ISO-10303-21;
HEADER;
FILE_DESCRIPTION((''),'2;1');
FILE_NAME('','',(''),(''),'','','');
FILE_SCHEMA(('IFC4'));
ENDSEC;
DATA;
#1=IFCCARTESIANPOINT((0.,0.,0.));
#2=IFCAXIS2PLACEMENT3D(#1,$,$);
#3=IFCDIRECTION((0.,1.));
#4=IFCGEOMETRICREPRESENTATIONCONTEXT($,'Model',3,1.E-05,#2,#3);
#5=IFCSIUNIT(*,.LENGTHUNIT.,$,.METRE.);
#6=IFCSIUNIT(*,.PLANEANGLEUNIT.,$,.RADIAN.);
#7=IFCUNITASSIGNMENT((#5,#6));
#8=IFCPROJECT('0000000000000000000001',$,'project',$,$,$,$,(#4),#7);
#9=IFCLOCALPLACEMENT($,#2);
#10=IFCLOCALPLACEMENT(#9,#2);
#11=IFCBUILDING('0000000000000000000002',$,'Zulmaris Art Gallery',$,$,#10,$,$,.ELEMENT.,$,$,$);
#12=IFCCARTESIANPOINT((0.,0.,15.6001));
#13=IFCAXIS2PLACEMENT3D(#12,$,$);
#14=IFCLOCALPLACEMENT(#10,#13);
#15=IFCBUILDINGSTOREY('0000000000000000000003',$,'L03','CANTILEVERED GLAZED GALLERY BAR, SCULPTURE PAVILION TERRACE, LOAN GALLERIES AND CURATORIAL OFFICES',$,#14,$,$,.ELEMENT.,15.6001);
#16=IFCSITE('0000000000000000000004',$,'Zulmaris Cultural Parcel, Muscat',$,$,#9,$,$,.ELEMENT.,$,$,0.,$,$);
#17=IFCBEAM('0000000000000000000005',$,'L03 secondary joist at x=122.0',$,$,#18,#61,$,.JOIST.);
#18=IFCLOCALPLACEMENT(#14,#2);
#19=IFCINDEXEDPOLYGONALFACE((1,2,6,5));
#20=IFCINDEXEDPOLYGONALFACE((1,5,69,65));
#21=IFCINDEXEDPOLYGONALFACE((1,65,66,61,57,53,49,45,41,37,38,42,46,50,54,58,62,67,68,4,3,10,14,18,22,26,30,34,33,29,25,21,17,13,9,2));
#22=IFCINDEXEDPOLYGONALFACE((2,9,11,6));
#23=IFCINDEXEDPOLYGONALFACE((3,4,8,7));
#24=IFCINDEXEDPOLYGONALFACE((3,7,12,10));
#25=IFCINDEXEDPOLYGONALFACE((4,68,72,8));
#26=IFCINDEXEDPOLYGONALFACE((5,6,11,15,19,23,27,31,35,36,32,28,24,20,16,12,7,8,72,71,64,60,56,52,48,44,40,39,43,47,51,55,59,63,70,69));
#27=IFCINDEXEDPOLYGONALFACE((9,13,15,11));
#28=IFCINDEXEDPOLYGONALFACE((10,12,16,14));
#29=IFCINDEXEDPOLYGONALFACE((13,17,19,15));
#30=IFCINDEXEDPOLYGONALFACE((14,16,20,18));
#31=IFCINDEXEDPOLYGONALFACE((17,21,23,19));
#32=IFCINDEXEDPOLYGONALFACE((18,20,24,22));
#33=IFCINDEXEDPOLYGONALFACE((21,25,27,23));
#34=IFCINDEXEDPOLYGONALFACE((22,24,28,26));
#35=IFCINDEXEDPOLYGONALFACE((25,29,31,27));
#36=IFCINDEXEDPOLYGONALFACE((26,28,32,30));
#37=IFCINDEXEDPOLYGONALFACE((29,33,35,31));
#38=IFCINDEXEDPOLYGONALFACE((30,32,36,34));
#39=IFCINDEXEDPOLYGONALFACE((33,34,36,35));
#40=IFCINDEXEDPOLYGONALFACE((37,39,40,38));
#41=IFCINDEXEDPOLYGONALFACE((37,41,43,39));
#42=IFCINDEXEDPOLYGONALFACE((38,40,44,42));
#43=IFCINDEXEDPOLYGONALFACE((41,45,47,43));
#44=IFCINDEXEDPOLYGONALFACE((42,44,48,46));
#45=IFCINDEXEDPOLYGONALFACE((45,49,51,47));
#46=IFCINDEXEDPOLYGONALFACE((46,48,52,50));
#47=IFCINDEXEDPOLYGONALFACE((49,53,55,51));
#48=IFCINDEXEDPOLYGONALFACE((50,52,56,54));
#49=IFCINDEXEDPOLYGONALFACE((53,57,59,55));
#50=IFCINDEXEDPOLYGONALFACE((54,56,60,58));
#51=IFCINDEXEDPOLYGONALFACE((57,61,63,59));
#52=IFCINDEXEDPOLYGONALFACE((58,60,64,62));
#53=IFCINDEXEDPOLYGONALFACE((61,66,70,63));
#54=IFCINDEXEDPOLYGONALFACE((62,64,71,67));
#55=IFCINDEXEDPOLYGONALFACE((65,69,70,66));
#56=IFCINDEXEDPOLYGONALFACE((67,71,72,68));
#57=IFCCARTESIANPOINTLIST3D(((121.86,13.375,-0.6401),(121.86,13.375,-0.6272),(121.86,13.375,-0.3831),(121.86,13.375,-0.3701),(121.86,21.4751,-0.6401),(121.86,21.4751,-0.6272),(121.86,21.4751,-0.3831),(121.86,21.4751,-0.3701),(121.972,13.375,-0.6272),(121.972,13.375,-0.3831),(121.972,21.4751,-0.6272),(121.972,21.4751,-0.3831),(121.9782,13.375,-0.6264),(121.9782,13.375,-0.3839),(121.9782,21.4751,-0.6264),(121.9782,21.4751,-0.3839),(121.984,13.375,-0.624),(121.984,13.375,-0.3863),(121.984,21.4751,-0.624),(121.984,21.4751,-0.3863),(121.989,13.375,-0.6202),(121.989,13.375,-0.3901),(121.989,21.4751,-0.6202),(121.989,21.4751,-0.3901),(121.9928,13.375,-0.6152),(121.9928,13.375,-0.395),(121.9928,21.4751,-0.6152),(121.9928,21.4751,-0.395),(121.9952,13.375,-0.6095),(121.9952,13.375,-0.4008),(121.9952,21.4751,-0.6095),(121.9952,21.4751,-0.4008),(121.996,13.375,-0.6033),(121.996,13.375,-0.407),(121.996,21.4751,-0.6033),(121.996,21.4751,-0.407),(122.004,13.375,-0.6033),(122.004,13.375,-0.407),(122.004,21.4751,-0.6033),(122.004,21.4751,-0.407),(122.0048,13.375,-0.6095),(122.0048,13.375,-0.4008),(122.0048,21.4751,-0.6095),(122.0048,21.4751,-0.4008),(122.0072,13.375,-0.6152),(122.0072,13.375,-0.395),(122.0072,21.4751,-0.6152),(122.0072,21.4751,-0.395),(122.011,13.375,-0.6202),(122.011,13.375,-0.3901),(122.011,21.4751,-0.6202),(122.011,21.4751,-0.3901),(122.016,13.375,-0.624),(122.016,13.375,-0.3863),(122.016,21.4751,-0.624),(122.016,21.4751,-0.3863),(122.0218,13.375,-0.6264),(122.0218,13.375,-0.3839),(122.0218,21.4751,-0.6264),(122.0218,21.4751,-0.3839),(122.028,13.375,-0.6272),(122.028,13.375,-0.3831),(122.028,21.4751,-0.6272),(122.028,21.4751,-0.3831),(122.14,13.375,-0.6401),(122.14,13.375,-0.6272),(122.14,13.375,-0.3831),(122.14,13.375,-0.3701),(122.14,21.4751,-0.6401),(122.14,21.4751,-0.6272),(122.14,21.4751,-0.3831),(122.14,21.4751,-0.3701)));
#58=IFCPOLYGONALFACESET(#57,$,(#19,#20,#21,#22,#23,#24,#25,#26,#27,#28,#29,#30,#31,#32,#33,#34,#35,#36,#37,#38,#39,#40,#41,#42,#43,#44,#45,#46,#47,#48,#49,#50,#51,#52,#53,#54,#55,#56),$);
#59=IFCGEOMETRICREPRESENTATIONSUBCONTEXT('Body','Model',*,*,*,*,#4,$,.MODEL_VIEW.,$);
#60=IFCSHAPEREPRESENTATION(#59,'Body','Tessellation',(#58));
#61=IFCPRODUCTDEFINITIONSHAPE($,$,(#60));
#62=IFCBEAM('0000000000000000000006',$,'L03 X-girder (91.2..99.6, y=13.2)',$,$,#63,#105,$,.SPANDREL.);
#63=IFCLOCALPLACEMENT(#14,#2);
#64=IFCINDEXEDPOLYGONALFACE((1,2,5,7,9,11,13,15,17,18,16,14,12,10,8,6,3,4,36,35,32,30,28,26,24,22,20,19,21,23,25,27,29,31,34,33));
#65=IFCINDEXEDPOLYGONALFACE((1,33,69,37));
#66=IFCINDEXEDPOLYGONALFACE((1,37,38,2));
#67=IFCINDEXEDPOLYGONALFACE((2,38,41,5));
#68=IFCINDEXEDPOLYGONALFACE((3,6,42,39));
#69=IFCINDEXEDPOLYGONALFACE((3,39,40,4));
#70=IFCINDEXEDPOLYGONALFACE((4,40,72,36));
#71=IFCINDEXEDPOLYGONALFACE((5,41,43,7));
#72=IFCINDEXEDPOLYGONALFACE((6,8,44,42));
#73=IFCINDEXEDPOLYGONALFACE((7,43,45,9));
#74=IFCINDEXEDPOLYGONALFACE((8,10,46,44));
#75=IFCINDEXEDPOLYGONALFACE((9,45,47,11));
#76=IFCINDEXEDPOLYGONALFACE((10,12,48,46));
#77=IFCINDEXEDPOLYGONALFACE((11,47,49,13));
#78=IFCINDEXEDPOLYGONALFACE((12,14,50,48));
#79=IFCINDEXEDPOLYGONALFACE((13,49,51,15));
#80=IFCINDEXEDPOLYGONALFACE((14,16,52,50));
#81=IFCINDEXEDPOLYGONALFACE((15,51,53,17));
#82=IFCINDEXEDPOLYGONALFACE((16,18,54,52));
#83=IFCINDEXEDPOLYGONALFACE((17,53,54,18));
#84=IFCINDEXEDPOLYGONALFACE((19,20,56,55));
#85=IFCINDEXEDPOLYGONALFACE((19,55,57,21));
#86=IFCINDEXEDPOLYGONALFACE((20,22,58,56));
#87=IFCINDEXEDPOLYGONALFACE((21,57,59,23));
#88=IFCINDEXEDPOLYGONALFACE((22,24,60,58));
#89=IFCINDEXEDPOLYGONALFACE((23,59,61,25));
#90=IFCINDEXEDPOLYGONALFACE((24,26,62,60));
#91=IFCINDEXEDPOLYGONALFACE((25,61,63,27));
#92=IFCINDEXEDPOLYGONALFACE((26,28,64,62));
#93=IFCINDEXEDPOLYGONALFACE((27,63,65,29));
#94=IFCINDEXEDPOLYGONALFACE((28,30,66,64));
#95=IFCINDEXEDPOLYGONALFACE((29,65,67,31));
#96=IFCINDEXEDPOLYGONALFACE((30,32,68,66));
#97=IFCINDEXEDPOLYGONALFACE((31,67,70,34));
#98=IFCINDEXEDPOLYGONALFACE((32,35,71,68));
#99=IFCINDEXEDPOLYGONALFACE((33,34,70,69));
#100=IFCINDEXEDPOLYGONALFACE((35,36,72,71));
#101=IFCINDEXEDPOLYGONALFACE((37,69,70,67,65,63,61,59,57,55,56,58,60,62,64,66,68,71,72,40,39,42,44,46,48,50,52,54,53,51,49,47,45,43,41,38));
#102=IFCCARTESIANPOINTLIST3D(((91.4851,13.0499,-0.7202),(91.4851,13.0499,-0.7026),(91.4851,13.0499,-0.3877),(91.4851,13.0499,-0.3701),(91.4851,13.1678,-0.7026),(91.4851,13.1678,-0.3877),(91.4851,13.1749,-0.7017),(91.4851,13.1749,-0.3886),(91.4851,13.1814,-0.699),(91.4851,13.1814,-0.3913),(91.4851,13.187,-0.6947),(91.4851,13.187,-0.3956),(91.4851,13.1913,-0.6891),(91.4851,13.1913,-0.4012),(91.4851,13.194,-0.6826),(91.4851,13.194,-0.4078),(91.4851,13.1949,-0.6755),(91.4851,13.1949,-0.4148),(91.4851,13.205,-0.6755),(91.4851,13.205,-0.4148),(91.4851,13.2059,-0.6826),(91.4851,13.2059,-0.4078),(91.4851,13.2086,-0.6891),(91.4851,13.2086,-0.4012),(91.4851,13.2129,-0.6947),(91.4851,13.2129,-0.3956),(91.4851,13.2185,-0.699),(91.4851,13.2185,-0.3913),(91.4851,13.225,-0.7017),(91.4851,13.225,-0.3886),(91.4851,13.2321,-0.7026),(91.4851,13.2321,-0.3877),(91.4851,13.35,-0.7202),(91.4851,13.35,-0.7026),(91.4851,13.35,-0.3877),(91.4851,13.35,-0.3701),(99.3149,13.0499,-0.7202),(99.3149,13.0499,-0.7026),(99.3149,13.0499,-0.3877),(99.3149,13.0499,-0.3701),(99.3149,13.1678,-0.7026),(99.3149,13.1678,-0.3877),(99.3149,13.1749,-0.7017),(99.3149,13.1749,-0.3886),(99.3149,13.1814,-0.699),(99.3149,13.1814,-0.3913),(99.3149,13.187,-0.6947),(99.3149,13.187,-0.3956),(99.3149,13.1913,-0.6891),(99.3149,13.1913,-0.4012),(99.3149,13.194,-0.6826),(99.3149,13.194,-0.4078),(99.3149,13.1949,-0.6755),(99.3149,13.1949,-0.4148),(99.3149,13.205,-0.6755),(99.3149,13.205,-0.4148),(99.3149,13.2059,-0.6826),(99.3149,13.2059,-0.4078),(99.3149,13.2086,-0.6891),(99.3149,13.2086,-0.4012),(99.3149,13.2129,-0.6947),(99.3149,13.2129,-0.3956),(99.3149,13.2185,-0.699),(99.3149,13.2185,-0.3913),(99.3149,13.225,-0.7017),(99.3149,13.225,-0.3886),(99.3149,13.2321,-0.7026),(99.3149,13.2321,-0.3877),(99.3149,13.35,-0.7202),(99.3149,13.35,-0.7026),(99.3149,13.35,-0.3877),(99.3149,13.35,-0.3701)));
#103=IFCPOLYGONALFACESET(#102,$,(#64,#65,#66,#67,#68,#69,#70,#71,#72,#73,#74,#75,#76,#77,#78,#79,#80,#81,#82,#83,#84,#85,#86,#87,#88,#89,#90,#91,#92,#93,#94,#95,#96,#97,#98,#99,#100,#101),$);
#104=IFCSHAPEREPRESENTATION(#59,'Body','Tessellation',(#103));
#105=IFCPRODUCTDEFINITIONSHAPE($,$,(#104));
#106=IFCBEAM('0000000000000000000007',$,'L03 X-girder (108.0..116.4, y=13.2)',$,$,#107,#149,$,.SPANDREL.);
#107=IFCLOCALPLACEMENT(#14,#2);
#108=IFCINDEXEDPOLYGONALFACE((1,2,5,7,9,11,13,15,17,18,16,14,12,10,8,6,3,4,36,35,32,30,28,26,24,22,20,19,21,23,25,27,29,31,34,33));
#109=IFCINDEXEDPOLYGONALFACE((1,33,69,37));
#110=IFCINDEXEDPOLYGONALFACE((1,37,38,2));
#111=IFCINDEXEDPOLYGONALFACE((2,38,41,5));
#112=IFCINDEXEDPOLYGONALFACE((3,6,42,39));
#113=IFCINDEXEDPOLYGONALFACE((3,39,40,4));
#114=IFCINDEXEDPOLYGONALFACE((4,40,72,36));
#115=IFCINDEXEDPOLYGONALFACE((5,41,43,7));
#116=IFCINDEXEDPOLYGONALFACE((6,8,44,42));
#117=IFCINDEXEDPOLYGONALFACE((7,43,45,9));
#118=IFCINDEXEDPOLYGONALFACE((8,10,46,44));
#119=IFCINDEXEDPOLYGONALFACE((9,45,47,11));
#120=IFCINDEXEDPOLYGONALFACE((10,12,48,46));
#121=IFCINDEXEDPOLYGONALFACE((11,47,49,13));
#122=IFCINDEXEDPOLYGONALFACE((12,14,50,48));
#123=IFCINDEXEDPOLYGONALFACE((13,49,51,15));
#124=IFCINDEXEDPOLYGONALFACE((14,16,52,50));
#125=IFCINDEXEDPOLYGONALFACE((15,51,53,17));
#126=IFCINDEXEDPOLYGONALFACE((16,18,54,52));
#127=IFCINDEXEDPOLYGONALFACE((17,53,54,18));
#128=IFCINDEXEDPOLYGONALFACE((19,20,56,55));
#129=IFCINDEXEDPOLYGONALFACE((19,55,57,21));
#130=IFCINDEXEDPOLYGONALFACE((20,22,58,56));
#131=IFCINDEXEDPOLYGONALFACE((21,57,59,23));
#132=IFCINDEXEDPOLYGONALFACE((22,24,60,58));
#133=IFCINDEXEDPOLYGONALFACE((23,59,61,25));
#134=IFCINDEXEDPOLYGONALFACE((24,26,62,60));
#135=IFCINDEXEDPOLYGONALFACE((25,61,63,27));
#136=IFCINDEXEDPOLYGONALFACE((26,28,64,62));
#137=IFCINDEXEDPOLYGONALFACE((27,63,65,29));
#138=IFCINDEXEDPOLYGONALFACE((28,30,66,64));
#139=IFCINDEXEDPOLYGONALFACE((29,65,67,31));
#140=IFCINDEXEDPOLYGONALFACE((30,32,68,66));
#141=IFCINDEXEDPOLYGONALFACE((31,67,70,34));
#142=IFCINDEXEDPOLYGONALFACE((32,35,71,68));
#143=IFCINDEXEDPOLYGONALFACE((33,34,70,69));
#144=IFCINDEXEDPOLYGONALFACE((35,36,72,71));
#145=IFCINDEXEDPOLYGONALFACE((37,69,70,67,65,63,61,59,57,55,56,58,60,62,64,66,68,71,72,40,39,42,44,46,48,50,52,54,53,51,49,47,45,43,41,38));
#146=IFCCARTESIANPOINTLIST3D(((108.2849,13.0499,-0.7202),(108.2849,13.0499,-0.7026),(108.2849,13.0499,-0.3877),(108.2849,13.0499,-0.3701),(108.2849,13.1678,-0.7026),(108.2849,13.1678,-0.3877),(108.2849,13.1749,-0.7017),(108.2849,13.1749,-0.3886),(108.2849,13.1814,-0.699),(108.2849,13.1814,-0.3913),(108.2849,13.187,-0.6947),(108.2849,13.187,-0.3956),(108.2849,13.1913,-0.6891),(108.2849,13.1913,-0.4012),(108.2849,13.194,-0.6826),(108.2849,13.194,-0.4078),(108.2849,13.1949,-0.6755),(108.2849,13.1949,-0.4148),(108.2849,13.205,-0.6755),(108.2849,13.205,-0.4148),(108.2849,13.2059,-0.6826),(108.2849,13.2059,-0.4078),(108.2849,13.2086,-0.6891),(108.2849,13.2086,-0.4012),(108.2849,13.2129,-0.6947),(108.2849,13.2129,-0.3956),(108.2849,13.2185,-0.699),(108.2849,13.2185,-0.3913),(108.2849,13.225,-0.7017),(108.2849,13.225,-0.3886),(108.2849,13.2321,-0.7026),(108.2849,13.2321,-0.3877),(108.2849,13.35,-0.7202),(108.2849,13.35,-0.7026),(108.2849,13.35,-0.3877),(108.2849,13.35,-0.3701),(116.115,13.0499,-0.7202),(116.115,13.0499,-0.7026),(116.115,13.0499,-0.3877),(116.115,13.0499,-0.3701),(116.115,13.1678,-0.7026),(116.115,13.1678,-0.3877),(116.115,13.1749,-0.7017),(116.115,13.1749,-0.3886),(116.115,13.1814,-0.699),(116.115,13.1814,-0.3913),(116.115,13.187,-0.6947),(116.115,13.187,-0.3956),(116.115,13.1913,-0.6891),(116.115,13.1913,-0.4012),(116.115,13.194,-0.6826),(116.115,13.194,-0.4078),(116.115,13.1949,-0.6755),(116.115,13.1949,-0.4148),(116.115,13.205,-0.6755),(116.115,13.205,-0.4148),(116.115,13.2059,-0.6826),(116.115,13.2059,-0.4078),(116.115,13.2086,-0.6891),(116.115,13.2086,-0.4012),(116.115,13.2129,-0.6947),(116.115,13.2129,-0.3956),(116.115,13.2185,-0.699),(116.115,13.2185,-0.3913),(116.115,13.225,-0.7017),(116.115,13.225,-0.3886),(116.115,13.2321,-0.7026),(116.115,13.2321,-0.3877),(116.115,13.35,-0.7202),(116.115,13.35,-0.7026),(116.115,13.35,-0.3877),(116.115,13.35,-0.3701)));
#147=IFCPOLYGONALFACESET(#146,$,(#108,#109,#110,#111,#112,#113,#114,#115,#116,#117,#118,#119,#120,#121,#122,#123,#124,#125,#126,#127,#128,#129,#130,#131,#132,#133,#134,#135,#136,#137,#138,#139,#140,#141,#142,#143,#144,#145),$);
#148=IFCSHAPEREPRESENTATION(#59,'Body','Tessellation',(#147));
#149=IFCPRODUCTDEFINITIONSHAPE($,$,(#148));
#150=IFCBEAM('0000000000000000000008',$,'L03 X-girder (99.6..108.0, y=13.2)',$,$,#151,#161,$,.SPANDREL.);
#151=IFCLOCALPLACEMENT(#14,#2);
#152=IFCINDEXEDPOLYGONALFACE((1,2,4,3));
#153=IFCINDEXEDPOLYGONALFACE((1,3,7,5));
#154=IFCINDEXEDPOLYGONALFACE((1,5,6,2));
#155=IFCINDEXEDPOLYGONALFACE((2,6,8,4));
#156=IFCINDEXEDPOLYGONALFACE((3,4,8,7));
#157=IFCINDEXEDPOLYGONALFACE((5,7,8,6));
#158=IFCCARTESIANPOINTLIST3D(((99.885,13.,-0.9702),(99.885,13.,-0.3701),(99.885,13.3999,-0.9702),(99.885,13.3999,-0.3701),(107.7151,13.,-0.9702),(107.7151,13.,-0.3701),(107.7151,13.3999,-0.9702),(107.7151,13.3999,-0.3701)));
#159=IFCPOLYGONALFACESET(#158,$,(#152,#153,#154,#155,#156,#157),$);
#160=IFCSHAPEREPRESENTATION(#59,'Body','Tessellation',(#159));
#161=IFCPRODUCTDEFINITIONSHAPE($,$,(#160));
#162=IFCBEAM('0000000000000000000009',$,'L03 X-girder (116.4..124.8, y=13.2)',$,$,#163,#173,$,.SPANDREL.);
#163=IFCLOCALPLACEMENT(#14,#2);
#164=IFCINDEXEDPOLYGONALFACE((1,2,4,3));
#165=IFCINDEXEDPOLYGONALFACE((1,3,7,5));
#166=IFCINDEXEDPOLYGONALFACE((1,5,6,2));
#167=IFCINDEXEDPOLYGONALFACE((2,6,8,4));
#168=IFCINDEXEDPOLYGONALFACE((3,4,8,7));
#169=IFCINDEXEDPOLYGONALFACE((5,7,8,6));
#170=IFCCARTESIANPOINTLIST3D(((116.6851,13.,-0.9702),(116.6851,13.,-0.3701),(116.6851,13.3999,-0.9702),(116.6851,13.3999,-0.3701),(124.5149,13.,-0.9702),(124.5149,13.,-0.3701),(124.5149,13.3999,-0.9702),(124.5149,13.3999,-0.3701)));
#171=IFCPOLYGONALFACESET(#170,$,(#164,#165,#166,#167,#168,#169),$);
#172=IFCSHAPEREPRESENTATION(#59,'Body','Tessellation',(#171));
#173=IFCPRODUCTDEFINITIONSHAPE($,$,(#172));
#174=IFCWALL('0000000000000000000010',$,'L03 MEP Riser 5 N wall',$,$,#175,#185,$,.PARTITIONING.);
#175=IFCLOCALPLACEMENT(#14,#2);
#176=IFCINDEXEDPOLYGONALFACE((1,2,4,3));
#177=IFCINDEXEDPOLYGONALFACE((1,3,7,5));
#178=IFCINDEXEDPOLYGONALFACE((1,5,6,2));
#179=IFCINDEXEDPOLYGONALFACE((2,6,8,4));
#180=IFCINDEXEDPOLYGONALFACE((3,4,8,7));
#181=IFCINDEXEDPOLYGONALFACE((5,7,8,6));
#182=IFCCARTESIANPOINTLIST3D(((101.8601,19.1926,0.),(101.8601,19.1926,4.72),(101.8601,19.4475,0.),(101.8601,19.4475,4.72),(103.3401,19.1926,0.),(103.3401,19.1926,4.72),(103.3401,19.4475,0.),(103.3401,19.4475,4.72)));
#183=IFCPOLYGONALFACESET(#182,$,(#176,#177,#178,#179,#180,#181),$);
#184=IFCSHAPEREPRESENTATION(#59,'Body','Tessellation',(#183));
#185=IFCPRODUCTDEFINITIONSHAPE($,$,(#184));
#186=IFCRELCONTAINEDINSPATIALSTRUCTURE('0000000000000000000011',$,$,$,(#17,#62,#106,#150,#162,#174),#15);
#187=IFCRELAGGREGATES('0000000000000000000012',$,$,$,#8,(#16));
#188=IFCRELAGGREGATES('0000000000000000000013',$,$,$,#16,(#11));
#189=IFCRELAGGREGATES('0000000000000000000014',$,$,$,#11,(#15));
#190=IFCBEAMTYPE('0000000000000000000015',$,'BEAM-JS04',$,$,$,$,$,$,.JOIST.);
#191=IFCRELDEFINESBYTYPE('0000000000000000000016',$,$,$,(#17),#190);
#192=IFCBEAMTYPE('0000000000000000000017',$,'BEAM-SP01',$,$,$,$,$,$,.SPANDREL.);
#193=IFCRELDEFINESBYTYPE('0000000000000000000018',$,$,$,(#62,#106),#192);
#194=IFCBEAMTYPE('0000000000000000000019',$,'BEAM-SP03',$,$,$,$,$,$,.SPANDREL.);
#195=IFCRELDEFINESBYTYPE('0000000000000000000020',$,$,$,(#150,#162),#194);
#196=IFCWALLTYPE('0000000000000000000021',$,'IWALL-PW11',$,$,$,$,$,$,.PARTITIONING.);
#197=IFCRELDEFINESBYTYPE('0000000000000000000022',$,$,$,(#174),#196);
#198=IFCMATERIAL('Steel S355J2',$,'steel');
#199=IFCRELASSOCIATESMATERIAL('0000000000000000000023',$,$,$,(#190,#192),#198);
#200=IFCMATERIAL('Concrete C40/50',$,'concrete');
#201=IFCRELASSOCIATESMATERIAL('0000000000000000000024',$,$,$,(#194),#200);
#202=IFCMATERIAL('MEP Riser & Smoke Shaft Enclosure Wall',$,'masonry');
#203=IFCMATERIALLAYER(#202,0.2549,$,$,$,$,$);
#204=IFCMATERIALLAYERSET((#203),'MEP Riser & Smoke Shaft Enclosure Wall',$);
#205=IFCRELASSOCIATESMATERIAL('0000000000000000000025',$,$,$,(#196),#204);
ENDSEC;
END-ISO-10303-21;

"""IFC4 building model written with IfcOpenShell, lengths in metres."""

from ifc_helpers import new_model, si_unit, direction, frame, frame_2d, origin, origin_2d, place, context, subcontext, project, spatial, rectangle, i_section, extrude, material, layer, layer_set, material_profile, profile_set, type_object, element, save


model = new_model("IFC4")

# Units and contexts
model_context = context("Model", 3, precision=1e-05, world=origin(), true_north=direction((0.0, 1.0)))
body_context = subcontext(model_context, "Body", "Model", "MODEL_VIEW")
ifc_project = project(units=[si_unit("LENGTHUNIT", "METRE"), si_unit("PLANEANGLEUNIT", "RADIAN")], contexts=[model_context])

# Site, building, storey
site_placement = place(None, origin())
site = spatial("IfcSite", under=ifc_project, at=site_placement, Name="Zulmaris Cultural Parcel, Muscat", CompositionType="ELEMENT", RefElevation=0.0)
building_placement = place(site_placement, origin())
building = spatial("IfcBuilding", under=site, at=building_placement, Name="Zulmaris Art Gallery", CompositionType="ELEMENT")
storey_placement = place(building_placement, frame((0.0, 0.0, 15.6001)))
storey = spatial("IfcBuildingStorey", under=building, at=storey_placement, Name="L03", Description="CANTILEVERED GLAZED GALLERY BAR, SCULPTURE PAVILION TERRACE, LOAN GALLERIES AND CURATORIAL OFFICES", CompositionType="ELEMENT", Elevation=15.6001)

# Beams
ifc_material_1 = material(Name="Steel S355J2", Category="steel")
ifc_material_2 = material(Name="Concrete C40/50", Category="concrete")
ifc_material_profile_1 = material_profile(ifc_material_1, i_section(OverallWidth=0.28, OverallDepth=0.27, WebThickness=0.0081, FlangeThickness=0.0129, FilletRadius=0.0239, at=origin_2d()), Name="HEA 280")
ifc_profile_set_1 = profile_set([ifc_material_profile_1], Name="Steel S355J2")
beam_type_1 = type_object("IfcBeamType", Name="BEAM-JS04", PredefinedType="JOIST", material=ifc_profile_set_1)
beam_1_placement = place(storey_placement, frame((122.0, 13.375, -0.5051), z_axis=(0.0, 1.0, 0.0), x_axis=(-1.0, 0.0, 0.0)))
element("IfcBeam", 1, at=beam_1_placement, inside=storey, type_object=beam_type_1, Name="L03 secondary joist at x=122.0", PredefinedType="JOIST", context=body_context, shape_type="SweptSolid", body=[
    extrude(i_section(OverallWidth=0.28, OverallDepth=0.27, WebThickness=0.0081, FlangeThickness=0.0129, FilletRadius=0.0239, at=origin_2d()), origin(), (0.0, 0.0, 1.0), 8.1001),
])
ifc_material_profile_2 = material_profile(ifc_material_1, i_section(OverallWidth=0.3, OverallDepth=0.3501, WebThickness=0.01, FlangeThickness=0.0176, FilletRadius=0.0271, at=origin_2d()), Name="HEA 360")
ifc_profile_set_2 = profile_set([ifc_material_profile_2], Name="Steel S355J2")
beam_type_2 = type_object("IfcBeamType", Name="BEAM-SP01", PredefinedType="SPANDREL", material=ifc_profile_set_2)
beam_2_placement = place(storey_placement, frame((91.4851, 13.2, -0.5452), z_axis=(1.0, 0.0, 0.0), x_axis=(0.0, 1.0, 0.0)))
element("IfcBeam", 2, at=beam_2_placement, inside=storey, type_object=beam_type_2, Name="L03 X-girder (91.2..99.6, y=13.2)", PredefinedType="SPANDREL", context=body_context, shape_type="SweptSolid", body=[
    extrude(i_section(OverallWidth=0.3, OverallDepth=0.3501, WebThickness=0.01, FlangeThickness=0.0176, FilletRadius=0.0271, at=origin_2d()), origin(), (0.0, 0.0, 1.0), 7.8298),
])
beam_3_placement = place(storey_placement, frame((108.2849, 13.2, -0.5452), z_axis=(1.0, 0.0, 0.0), x_axis=(0.0, 1.0, 0.0)))
element("IfcBeam", 3, at=beam_3_placement, inside=storey, type_object=beam_type_2, Name="L03 X-girder (108.0..116.4, y=13.2)", PredefinedType="SPANDREL", context=body_context, shape_type="SweptSolid", body=[
    extrude(i_section(OverallWidth=0.3, OverallDepth=0.3501, WebThickness=0.01, FlangeThickness=0.0176, FilletRadius=0.0271, at=origin_2d()), origin(), (0.0, 0.0, 1.0), 7.8301),
])
ifc_material_profile_3 = material_profile(ifc_material_2, rectangle(XDim=0.3999, YDim=0.6001, at=origin_2d()), Name="RC 400x600")
ifc_profile_set_3 = profile_set([ifc_material_profile_3], Name="Concrete C40/50")
beam_type_3 = type_object("IfcBeamType", Name="BEAM-SP03", PredefinedType="SPANDREL", material=ifc_profile_set_3)
beam_4_placement = place(storey_placement, frame((99.885, 13.2, -0.6702), z_axis=(1.0, 0.0, 0.0), x_axis=(0.0, 1.0, 0.0)))
element("IfcBeam", 4, at=beam_4_placement, inside=storey, type_object=beam_type_3, Name="L03 X-girder (99.6..108.0, y=13.2)", PredefinedType="SPANDREL", context=body_context, shape_type="SweptSolid", body=[
    extrude(rectangle(XDim=0.3999, YDim=0.6001, at=origin_2d()), origin(), (0.0, 0.0, 1.0), 7.8301),
])
beam_5_placement = place(storey_placement, frame((116.6851, 13.2, -0.6702), z_axis=(1.0, 0.0, 0.0), x_axis=(0.0, 1.0, 0.0)))
element("IfcBeam", 5, at=beam_5_placement, inside=storey, type_object=beam_type_3, Name="L03 X-girder (116.4..124.8, y=13.2)", PredefinedType="SPANDREL", context=body_context, shape_type="SweptSolid", body=[
    extrude(rectangle(XDim=0.3999, YDim=0.6001, at=origin_2d()), origin(), (0.0, 0.0, 1.0), 7.8298),
])

# Wall
ifc_material_3 = material(Name="MEP Riser & Smoke Shaft Enclosure Wall", Category="masonry")
ifc_layer_1 = layer(ifc_material_3, 0.2549)
ifc_layer_set_1 = layer_set([ifc_layer_1], Name="MEP Riser & Smoke Shaft Enclosure Wall")
wall_type = type_object("IfcWallType", Name="IWALL-PW11", PredefinedType="PARTITIONING", material=ifc_layer_set_1)
for number, where, z_axis, x_axis, name in (
    (6, (101.8601, 19.3201, 0.0), (0.0, 0.0, 1.0), (1.0, 0.0, 0.0), "L03 MEP Riser 5 N wall"),
):
    element("IfcWall", number, at=place(storey_placement, frame(where, z_axis=z_axis, x_axis=x_axis)), inside=storey, type_object=wall_type, Name=name, PredefinedType="PARTITIONING", context=body_context, shape_type="SweptSolid", body=[
        extrude(rectangle(XDim=1.48, YDim=0.2549, at=frame_2d((0.74, 0.0))), origin(), (0.0, 0.0, 1.0), 4.72),
    ])

save(model, "model.ifc")
